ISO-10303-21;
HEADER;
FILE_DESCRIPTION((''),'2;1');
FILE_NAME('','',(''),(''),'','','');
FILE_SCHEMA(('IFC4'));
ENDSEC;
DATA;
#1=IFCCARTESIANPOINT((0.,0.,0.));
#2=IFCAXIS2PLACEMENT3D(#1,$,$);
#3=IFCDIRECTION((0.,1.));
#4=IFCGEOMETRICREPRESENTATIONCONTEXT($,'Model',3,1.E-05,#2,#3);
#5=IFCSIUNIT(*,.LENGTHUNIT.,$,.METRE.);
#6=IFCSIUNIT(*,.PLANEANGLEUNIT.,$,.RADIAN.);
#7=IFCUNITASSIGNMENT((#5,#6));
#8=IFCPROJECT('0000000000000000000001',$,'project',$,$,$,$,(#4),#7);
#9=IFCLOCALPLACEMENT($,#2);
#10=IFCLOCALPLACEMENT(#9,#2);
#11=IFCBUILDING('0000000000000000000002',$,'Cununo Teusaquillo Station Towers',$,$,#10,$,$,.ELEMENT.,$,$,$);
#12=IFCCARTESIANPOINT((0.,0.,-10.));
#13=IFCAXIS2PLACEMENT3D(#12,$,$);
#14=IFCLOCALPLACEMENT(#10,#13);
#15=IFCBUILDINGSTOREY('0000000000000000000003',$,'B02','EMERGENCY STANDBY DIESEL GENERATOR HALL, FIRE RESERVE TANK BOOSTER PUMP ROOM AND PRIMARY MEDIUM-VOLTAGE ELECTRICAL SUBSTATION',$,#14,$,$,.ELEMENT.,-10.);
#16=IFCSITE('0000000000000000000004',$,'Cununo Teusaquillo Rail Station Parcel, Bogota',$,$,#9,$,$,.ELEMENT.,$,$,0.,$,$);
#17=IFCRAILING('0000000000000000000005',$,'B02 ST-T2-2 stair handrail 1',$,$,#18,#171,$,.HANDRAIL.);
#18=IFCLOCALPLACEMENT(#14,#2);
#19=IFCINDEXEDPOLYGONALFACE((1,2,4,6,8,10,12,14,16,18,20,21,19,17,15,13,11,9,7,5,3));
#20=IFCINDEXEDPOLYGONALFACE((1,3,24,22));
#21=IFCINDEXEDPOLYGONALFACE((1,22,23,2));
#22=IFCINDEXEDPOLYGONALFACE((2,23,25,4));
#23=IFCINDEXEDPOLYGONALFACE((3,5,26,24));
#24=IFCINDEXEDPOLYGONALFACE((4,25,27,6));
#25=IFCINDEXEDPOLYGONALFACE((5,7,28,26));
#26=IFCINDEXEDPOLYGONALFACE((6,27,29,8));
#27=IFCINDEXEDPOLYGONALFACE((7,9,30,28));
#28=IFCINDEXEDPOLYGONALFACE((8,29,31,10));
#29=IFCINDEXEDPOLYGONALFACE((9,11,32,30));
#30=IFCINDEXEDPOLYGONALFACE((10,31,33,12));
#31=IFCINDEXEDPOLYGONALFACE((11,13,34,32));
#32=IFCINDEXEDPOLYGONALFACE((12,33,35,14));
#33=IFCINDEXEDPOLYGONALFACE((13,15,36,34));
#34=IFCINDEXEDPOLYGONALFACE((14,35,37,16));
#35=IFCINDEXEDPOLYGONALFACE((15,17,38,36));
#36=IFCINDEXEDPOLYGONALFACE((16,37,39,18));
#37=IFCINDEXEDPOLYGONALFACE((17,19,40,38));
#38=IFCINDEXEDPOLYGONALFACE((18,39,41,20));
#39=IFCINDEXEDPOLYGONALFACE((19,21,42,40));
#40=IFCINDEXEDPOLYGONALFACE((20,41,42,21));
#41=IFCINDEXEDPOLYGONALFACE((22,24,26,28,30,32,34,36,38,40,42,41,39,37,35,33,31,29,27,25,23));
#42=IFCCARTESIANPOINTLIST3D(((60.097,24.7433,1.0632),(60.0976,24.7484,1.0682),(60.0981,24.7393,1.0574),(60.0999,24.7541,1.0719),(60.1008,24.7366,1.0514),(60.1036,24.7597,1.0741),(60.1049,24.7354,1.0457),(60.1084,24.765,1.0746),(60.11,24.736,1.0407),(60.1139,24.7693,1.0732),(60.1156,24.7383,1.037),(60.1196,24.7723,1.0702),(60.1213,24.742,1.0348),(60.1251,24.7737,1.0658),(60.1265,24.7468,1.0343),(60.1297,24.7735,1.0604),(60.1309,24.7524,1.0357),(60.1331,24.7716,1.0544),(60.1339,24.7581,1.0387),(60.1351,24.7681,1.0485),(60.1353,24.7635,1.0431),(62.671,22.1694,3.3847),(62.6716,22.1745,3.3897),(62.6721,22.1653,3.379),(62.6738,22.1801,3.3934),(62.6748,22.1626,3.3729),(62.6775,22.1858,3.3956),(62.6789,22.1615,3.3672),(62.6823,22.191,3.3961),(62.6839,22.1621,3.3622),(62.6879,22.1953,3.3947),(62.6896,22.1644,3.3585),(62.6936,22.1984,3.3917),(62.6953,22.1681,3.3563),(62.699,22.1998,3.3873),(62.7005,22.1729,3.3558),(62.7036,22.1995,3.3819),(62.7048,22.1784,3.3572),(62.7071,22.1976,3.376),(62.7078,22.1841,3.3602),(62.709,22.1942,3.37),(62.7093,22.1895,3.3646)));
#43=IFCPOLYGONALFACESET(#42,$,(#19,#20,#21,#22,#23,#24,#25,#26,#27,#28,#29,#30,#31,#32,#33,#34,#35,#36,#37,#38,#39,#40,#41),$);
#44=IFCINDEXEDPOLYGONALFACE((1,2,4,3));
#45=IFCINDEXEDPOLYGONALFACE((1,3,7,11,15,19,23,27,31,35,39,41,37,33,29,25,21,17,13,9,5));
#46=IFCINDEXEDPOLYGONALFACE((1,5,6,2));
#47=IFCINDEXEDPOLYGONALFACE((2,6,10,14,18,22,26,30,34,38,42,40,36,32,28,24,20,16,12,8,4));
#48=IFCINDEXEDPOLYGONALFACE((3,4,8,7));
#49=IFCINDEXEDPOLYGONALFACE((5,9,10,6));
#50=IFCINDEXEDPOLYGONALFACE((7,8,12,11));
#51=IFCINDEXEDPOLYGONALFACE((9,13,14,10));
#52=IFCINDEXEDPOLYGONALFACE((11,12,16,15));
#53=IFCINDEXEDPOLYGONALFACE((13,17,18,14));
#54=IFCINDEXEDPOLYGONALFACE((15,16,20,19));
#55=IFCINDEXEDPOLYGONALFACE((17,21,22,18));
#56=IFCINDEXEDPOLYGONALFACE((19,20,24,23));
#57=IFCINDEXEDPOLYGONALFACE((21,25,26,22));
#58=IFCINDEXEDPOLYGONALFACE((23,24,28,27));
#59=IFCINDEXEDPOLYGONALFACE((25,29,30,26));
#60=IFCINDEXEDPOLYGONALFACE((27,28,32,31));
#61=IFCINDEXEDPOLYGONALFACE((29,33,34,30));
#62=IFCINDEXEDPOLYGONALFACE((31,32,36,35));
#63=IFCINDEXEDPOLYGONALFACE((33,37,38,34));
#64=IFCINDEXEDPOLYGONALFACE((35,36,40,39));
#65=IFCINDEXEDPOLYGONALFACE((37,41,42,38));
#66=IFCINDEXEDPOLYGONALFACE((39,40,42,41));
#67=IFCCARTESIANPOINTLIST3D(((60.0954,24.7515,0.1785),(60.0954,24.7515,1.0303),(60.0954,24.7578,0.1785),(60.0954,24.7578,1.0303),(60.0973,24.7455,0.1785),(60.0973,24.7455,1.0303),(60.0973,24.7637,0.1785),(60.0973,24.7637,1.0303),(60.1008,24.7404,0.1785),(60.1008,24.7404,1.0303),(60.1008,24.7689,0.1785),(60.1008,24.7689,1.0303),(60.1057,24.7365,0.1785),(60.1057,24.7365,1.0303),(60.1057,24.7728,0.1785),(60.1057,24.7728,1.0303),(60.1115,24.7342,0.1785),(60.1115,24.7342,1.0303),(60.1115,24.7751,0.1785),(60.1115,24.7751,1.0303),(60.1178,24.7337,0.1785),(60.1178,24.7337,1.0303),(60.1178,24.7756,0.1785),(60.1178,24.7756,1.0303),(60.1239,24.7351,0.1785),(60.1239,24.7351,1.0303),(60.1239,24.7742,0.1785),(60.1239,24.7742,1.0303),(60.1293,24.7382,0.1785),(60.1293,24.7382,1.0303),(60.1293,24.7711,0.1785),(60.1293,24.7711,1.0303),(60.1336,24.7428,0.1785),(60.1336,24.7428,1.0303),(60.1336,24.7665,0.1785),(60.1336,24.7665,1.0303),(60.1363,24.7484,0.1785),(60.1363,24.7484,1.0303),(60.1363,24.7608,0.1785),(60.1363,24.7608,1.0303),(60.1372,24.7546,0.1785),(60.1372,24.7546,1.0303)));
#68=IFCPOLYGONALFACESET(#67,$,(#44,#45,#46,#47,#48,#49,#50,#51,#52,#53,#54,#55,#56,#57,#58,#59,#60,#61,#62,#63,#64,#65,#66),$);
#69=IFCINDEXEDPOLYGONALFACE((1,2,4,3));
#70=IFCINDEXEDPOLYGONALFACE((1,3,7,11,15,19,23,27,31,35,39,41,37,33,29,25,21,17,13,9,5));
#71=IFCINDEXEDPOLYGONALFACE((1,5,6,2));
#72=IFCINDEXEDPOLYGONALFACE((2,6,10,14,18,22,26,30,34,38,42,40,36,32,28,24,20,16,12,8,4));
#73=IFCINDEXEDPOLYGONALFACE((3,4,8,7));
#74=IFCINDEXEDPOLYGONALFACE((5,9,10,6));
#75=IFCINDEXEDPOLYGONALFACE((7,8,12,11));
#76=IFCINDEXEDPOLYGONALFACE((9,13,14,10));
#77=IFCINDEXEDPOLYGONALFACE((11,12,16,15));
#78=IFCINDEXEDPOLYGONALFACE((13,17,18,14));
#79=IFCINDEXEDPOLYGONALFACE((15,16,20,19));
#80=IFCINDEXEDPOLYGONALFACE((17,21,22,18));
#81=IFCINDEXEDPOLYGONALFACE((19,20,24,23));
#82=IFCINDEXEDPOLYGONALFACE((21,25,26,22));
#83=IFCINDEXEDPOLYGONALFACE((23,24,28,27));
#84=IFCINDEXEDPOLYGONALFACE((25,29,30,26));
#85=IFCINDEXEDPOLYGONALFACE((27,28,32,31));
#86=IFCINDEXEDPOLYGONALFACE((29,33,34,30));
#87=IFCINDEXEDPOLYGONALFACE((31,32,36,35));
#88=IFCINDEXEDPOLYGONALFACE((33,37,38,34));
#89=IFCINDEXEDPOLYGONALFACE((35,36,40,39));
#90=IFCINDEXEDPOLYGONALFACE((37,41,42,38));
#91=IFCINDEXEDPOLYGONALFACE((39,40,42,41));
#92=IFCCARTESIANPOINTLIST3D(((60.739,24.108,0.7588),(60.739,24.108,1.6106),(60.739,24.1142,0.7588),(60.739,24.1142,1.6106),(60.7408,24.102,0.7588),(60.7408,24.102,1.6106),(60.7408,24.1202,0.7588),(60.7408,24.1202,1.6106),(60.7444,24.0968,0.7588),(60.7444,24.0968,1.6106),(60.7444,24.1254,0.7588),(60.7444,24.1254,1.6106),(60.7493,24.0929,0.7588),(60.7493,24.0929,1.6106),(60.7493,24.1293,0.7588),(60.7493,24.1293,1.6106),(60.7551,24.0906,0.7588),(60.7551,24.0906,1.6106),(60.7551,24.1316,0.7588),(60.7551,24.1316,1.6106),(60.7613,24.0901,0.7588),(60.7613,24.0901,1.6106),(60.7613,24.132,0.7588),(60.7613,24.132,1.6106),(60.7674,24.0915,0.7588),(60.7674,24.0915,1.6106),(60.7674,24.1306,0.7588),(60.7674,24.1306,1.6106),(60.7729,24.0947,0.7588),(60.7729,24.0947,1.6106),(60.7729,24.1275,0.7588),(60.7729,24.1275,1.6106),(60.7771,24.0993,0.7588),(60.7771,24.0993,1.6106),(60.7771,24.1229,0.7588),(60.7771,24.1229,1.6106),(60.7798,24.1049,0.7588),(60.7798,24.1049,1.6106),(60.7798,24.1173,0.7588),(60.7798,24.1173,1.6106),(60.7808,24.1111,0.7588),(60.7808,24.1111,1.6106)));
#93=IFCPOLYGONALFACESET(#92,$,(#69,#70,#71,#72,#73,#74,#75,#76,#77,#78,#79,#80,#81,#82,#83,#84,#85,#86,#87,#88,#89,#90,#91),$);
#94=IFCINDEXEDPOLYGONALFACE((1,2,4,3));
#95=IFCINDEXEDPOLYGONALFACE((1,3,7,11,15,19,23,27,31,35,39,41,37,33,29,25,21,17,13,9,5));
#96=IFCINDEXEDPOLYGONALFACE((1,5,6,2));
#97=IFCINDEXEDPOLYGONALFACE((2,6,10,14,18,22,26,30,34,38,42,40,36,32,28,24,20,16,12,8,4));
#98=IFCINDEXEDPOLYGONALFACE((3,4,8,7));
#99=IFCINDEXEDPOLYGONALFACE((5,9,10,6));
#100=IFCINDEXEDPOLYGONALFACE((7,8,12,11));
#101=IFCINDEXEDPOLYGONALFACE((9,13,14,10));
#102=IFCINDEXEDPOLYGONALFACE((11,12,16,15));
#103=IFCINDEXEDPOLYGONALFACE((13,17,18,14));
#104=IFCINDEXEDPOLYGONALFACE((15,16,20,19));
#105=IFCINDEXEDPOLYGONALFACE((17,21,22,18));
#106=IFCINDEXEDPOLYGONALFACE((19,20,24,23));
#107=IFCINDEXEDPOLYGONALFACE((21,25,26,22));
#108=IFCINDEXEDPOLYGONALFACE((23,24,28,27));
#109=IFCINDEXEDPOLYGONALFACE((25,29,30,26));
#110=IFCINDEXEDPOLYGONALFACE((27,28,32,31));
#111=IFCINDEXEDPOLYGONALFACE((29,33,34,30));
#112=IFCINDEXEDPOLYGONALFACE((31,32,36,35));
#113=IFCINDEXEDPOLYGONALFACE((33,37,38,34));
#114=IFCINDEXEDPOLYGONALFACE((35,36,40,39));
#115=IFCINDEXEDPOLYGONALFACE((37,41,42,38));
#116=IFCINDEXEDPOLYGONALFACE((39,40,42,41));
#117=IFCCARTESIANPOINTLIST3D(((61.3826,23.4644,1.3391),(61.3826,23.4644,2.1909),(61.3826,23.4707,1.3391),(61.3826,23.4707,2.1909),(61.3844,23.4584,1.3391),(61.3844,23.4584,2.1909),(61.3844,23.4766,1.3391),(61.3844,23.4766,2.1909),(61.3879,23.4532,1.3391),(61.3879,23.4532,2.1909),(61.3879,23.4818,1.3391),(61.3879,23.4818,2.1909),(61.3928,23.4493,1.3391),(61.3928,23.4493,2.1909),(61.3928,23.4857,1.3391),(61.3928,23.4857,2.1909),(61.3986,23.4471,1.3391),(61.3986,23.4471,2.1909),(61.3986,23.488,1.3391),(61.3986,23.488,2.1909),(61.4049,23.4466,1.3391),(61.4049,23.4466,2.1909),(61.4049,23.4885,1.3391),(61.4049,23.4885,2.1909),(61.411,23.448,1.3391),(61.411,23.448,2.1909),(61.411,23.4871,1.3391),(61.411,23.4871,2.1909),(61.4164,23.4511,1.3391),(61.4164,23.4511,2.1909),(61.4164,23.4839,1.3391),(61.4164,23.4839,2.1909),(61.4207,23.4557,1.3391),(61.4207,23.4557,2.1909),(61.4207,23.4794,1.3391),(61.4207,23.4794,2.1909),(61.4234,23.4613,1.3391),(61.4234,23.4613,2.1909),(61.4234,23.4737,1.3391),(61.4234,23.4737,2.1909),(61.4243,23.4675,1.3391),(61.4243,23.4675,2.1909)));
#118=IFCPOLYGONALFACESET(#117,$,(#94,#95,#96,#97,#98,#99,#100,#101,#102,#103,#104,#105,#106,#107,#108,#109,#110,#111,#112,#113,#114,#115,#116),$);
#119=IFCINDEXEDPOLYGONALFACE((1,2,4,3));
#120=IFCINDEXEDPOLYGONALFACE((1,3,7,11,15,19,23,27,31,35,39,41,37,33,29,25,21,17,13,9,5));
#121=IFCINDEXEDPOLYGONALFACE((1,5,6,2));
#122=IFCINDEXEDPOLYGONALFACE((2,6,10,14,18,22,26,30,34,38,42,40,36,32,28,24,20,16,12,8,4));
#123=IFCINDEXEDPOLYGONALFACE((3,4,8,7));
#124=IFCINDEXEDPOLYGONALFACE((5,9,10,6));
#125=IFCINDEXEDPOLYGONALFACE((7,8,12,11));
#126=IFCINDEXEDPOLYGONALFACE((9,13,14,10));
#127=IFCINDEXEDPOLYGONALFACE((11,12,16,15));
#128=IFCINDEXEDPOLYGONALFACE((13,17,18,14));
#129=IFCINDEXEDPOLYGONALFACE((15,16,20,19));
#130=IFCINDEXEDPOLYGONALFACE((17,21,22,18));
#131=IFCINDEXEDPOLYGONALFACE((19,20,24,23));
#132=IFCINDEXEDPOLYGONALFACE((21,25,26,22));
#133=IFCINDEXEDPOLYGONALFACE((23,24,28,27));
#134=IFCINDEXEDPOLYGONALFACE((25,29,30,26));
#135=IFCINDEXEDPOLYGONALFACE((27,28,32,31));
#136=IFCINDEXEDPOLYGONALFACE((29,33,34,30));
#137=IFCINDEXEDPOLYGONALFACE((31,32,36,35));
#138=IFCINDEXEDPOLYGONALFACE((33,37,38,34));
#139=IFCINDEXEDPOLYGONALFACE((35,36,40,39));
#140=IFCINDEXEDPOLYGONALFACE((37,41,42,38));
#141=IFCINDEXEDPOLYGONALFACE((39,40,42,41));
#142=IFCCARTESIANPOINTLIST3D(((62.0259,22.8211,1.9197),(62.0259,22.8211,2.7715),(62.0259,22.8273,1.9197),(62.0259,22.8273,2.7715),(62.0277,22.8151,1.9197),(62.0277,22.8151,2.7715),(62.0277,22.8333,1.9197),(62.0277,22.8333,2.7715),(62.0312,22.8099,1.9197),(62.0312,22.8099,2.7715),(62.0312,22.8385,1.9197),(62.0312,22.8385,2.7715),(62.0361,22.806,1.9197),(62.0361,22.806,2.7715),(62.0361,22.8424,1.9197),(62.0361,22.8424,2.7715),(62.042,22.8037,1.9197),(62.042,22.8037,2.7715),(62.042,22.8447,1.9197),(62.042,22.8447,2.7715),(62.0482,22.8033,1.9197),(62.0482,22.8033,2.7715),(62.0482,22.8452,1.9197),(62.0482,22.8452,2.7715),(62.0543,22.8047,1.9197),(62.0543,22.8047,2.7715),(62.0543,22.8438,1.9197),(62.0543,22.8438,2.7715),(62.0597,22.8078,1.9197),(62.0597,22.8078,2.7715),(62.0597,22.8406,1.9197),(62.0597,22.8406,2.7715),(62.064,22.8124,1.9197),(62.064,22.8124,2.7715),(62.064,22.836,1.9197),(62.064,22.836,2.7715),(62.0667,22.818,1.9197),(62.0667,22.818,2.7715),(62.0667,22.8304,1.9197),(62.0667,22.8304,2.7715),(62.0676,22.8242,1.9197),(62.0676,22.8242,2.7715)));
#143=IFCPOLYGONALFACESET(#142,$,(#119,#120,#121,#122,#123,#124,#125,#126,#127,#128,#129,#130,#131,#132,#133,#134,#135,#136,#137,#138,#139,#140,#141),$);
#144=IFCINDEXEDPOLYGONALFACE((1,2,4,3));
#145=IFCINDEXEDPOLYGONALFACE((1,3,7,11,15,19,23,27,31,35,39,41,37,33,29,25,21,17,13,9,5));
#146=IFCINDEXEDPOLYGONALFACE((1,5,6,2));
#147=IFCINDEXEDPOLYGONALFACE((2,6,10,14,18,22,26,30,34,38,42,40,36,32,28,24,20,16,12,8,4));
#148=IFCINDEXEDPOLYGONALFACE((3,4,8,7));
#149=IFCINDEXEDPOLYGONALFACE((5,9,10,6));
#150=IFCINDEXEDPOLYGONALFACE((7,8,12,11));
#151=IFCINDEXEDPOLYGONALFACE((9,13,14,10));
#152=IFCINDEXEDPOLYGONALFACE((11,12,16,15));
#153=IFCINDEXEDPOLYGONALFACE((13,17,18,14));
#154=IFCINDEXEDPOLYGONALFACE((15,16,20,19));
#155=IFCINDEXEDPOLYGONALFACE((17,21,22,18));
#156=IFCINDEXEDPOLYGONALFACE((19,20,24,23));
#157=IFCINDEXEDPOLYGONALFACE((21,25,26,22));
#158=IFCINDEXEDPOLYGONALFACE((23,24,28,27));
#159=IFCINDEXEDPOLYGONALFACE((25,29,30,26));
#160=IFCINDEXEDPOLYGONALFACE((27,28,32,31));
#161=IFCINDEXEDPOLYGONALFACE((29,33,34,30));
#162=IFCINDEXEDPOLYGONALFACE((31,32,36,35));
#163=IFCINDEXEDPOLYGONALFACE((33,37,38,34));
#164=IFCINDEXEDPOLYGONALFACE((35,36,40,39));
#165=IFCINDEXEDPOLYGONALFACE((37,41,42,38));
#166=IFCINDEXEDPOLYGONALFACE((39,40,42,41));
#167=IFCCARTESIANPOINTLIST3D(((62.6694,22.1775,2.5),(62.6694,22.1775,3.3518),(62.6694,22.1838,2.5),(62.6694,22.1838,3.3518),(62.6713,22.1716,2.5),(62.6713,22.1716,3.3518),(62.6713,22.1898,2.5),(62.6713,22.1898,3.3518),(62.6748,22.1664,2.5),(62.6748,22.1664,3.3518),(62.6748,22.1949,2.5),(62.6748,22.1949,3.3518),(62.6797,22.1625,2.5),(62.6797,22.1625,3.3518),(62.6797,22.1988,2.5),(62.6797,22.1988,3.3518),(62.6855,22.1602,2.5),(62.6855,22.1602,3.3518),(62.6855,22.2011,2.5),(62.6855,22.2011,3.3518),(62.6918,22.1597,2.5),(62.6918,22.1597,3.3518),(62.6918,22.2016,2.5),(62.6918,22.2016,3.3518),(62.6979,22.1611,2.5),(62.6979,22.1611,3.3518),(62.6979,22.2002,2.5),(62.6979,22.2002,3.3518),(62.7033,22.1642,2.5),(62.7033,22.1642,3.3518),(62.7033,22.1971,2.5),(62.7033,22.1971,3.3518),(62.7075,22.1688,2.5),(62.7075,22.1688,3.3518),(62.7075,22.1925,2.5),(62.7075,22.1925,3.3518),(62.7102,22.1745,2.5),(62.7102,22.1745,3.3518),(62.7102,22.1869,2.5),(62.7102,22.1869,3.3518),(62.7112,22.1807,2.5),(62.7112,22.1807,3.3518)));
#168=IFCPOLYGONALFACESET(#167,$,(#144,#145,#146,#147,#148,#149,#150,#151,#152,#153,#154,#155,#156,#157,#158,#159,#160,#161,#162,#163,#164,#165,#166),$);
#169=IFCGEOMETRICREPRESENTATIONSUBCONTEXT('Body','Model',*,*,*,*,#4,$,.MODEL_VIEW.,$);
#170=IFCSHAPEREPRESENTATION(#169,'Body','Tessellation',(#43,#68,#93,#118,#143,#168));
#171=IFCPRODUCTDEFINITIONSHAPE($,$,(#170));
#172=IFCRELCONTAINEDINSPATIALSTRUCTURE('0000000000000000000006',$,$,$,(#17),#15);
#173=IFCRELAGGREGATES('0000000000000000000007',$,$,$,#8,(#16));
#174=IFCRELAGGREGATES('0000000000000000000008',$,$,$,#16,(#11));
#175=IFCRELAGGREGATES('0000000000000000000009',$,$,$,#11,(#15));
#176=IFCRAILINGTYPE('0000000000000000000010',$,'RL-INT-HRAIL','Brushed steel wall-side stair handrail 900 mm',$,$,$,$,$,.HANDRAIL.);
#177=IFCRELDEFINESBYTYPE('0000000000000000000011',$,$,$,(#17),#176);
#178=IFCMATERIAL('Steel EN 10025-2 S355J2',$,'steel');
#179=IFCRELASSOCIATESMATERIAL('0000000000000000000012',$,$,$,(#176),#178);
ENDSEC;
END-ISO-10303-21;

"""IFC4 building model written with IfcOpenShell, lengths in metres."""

from ifc_helpers import new_model, si_unit, direction, frame, origin, origin_2d, place, context, subcontext, project, spatial, circle, extrude, material, type_object, element, save


model = new_model("IFC4")

# Units and contexts
model_context = context("Model", 3, precision=1e-05, world=origin(), true_north=direction((0.0, 1.0)))
body_context = subcontext(model_context, "Body", "Model", "MODEL_VIEW")
ifc_project = project(units=[si_unit("LENGTHUNIT", "METRE"), si_unit("PLANEANGLEUNIT", "RADIAN")], contexts=[model_context])

# Site, building, storey
site_placement = place(None, origin())
site = spatial("IfcSite", under=ifc_project, at=site_placement, Name="Cununo Teusaquillo Rail Station Parcel, Bogota", CompositionType="ELEMENT", RefElevation=0.0)
building_placement = place(site_placement, origin())
building = spatial("IfcBuilding", under=site, at=building_placement, Name="Cununo Teusaquillo Station Towers", CompositionType="ELEMENT")
storey_placement = place(building_placement, frame((0.0, 0.0, -10.0)))
storey = spatial("IfcBuildingStorey", under=building, at=storey_placement, Name="B02", Description="EMERGENCY STANDBY DIESEL GENERATOR HALL, FIRE RESERVE TANK BOOSTER PUMP ROOM AND PRIMARY MEDIUM-VOLTAGE ELECTRICAL SUBSTATION", CompositionType="ELEMENT", Elevation=-10.0)

# Railing
ifc_material_1 = material(Name="Steel EN 10025-2 S355J2", Category="steel")
railing_type_1 = type_object("IfcRailingType", Name="RL-INT-HRAIL", Description="Brushed steel wall-side stair handrail 900 mm", PredefinedType="HANDRAIL", material=ifc_material_1)
railing_1_placement = place(storey_placement, frame((60.1162, 24.7546, 0.1785)))
element("IfcRailing", 1, at=railing_1_placement, inside=storey, type_object=railing_type_1, Name="B02 ST-T2-2 stair handrail 1", PredefinedType="HANDRAIL", context=body_context, shape_type="SweptSolid", body=[
    extrude(circle(Radius=0.0239, at=origin_2d()), frame((0.0, 0.0, 0.876), z_axis=(0.596182, -0.596182, 0.537712), x_axis=(0.707107, 0.707107, 0.0)), (0.0, 0.0, 1.0), 4.3174),
    extrude(circle(Radius=0.021, at=origin_2d()), origin(), (0.0, 0.0, 1.0), 0.8518),
    extrude(circle(Radius=0.021, at=origin_2d()), frame((0.6436, -0.6436, 0.5803)), (0.0, 0.0, 1.0), 0.8518),
    extrude(circle(Radius=0.021, at=origin_2d()), frame((1.2871, -1.2871, 1.1606)), (0.0, 0.0, 1.0), 0.8518),
    extrude(circle(Radius=0.021, at=origin_2d()), frame((1.9304, -1.9304, 1.7412)), (0.0, 0.0, 1.0), 0.8518),
    extrude(circle(Radius=0.021, at=origin_2d()), frame((2.574, -2.574, 2.3215)), (0.0, 0.0, 1.0), 0.8518),
])

save(model, "model.ifc")
